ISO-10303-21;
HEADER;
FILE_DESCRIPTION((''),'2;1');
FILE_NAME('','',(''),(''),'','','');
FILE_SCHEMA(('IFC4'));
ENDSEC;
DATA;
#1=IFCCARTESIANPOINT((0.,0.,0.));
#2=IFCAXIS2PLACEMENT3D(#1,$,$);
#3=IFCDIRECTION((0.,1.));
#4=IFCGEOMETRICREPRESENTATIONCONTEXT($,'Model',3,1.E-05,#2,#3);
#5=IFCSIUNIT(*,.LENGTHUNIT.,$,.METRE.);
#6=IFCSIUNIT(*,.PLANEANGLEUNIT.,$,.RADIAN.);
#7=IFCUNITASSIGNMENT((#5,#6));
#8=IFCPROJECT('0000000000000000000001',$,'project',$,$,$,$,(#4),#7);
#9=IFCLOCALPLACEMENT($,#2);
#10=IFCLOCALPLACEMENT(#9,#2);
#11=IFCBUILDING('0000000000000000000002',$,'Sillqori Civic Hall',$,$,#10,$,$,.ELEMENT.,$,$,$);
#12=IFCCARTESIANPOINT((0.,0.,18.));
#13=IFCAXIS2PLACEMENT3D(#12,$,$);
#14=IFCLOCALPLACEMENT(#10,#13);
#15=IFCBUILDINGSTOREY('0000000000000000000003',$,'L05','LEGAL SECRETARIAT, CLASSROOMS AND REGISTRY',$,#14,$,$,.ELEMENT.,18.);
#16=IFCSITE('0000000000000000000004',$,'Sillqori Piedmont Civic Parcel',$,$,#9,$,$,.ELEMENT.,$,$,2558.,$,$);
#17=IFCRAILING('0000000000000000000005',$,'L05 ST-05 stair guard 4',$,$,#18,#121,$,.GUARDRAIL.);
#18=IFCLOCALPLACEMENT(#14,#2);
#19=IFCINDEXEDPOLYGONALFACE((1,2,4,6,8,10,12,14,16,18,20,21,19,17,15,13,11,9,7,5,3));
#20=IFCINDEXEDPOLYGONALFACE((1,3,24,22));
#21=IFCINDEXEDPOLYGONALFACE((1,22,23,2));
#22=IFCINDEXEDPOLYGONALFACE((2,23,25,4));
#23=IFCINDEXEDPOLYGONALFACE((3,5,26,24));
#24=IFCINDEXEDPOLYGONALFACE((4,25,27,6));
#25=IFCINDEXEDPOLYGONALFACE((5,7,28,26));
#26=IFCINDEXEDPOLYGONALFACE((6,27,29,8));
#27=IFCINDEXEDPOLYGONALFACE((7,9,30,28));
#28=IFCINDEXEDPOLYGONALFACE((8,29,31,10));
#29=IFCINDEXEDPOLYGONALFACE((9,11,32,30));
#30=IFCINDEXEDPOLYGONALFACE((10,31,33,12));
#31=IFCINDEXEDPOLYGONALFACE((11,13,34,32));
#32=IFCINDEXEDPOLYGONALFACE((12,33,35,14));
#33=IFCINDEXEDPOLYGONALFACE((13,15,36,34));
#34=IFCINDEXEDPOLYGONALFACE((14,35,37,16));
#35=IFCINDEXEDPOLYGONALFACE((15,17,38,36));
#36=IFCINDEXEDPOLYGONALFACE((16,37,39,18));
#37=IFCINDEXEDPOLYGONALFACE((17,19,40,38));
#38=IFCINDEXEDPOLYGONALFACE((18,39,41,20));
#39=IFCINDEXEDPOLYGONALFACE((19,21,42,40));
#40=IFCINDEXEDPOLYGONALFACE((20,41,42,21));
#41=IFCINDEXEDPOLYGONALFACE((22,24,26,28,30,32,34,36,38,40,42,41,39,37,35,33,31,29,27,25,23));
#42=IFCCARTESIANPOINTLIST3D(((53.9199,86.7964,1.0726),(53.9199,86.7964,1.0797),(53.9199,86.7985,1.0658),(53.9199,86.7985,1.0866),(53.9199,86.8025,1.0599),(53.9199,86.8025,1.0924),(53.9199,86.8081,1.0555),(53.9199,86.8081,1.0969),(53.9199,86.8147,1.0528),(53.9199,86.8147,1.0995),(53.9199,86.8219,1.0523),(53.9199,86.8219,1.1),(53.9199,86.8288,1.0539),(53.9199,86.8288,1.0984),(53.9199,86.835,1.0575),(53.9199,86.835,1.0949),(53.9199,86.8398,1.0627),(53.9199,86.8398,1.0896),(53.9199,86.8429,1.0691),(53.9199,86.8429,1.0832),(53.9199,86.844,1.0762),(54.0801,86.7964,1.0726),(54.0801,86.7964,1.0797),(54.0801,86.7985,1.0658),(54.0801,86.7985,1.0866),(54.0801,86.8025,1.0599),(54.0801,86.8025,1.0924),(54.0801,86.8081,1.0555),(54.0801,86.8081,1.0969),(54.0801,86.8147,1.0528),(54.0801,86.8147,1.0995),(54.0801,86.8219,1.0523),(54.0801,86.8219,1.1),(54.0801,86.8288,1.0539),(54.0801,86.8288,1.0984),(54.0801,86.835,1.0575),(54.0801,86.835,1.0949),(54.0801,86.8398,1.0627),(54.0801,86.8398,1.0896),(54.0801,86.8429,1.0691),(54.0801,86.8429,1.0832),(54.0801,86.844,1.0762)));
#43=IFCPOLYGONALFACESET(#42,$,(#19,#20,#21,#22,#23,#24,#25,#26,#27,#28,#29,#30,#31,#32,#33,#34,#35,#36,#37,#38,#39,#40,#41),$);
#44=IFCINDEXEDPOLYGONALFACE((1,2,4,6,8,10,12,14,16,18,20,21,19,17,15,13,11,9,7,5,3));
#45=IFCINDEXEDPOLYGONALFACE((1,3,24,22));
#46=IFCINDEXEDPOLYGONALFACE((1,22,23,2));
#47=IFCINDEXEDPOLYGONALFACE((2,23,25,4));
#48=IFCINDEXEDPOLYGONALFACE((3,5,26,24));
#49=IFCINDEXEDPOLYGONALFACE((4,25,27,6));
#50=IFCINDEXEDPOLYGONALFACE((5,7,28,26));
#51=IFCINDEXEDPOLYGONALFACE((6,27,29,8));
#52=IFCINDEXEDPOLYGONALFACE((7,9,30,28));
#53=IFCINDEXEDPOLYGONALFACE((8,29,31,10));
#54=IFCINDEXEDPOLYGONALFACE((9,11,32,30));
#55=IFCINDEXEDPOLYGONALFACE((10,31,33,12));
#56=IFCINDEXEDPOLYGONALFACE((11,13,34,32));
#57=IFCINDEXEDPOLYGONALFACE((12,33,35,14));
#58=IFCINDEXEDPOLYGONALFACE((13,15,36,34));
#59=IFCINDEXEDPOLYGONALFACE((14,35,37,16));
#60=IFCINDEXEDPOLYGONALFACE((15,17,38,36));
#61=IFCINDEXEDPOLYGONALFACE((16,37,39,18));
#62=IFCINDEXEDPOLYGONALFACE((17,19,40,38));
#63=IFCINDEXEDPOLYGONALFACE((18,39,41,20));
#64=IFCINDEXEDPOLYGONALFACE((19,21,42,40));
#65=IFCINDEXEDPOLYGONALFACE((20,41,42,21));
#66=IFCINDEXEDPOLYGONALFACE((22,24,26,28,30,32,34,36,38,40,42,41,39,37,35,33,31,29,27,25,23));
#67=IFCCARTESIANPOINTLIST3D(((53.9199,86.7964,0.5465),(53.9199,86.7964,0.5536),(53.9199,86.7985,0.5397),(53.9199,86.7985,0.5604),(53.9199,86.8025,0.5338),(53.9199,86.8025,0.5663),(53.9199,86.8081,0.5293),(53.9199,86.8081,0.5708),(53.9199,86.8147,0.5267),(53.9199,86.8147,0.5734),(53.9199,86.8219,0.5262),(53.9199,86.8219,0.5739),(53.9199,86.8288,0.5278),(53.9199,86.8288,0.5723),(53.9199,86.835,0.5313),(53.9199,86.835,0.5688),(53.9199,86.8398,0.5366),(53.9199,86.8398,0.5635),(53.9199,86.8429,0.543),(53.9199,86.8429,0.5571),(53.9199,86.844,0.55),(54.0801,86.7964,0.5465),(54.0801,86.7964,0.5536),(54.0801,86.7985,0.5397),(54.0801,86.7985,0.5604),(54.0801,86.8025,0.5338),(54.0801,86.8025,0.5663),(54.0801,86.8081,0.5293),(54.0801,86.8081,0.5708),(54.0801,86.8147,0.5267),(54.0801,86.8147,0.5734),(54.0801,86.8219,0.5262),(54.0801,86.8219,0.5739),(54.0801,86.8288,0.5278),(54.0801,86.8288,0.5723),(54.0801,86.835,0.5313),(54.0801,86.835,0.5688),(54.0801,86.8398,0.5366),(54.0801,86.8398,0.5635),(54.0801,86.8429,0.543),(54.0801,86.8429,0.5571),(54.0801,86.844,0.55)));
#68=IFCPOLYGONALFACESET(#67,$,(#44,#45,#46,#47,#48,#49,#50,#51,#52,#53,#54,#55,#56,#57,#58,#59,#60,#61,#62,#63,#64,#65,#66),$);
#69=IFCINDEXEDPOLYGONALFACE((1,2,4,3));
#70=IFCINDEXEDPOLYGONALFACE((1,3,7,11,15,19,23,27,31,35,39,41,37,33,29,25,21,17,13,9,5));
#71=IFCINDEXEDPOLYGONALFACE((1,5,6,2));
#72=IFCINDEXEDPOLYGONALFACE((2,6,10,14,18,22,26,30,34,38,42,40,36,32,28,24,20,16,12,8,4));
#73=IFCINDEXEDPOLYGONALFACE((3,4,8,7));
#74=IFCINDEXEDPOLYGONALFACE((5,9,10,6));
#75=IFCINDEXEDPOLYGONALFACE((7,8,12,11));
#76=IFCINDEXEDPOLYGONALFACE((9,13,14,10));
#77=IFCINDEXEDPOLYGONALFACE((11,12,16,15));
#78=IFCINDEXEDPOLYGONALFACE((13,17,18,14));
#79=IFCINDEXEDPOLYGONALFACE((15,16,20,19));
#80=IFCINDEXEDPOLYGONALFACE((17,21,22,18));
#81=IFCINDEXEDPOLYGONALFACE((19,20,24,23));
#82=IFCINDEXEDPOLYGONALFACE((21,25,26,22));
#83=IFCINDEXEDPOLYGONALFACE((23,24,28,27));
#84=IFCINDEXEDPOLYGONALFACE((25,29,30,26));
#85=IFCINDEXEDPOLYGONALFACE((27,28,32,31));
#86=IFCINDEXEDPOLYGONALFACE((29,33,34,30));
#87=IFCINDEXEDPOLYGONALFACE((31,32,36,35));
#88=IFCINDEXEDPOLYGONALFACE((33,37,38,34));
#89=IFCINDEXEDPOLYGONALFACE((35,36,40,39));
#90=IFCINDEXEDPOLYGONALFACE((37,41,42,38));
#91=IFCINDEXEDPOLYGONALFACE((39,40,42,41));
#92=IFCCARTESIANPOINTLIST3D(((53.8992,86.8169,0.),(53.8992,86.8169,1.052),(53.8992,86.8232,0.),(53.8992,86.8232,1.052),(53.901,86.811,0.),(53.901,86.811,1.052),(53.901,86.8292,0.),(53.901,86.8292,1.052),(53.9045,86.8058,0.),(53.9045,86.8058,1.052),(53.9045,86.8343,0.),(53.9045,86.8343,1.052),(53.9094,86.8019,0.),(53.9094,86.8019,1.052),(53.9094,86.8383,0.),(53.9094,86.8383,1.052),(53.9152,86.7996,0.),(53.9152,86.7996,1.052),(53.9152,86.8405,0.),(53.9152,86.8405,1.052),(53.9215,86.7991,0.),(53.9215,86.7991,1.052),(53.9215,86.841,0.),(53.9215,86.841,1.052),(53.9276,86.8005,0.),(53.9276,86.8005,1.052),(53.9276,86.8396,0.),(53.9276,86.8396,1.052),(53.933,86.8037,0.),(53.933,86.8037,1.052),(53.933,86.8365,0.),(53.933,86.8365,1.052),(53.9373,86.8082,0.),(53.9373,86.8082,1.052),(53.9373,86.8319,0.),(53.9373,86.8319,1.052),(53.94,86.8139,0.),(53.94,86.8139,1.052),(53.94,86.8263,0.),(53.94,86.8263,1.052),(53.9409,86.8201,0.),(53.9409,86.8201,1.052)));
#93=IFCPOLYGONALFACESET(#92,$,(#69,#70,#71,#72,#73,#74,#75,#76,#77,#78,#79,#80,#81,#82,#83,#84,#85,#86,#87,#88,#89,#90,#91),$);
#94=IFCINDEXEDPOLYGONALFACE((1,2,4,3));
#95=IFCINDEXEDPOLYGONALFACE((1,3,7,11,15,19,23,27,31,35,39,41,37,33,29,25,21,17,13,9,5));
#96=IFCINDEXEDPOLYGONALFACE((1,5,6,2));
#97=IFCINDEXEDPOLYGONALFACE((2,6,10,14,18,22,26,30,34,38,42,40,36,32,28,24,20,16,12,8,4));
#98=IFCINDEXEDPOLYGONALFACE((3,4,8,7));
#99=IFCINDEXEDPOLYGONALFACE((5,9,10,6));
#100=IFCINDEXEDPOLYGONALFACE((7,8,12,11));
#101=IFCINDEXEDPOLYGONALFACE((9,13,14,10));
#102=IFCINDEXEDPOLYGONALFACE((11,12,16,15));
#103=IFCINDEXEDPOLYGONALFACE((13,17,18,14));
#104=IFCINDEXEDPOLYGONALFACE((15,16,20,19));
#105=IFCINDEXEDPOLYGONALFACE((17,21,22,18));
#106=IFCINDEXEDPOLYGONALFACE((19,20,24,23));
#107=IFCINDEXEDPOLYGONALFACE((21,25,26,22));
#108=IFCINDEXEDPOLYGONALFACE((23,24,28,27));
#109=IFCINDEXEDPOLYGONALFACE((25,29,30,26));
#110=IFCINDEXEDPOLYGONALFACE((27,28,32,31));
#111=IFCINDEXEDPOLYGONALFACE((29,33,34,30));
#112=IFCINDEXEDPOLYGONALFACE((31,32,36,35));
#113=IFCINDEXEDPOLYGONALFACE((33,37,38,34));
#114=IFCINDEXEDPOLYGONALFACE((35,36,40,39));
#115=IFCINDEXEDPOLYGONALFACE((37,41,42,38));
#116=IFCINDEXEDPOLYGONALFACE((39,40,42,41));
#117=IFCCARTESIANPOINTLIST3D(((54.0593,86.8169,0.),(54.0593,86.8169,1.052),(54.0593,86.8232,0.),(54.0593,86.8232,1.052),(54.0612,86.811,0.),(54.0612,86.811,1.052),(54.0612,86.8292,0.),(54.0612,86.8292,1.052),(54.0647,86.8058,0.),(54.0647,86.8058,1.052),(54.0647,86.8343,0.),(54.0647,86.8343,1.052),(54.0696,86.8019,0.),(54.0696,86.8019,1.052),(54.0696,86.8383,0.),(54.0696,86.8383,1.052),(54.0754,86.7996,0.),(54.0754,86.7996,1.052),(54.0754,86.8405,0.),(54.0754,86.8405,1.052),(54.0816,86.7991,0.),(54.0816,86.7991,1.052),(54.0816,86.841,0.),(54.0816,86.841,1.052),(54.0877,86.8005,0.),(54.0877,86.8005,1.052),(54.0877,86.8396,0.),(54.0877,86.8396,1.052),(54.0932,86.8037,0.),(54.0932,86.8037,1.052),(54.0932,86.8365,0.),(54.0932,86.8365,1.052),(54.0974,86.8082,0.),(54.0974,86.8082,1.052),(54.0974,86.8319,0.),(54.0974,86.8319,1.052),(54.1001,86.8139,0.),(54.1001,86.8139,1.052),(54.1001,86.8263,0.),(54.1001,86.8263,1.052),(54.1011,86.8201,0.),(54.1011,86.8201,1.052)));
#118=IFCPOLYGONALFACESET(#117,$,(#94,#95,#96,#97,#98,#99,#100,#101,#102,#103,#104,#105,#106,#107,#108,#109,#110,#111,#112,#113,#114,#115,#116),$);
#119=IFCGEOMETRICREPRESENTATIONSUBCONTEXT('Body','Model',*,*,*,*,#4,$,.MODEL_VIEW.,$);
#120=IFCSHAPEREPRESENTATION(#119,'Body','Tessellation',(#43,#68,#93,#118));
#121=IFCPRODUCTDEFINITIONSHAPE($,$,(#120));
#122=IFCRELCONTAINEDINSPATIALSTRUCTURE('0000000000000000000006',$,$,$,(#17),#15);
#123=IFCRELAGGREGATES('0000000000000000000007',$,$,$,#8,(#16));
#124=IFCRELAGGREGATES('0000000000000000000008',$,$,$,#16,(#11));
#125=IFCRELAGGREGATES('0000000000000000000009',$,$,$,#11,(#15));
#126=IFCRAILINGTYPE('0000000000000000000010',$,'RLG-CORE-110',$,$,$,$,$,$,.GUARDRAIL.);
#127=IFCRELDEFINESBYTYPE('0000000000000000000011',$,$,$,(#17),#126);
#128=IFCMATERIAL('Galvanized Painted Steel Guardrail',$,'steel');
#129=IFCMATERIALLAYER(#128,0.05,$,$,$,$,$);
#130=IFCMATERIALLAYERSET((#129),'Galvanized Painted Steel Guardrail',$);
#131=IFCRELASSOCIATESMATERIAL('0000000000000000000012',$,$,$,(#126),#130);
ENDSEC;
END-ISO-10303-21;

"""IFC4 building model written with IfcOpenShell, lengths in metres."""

from ifc_helpers import new_model, si_unit, direction, frame, origin, origin_2d, place, context, subcontext, project, spatial, circle, extrude, material, layer, layer_set, type_object, element, save


model = new_model("IFC4")

# Units and contexts
model_context = context("Model", 3, precision=1e-05, world=origin(), true_north=direction((0.0, 1.0)))
body_context = subcontext(model_context, "Body", "Model", "MODEL_VIEW")
ifc_project = project(units=[si_unit("LENGTHUNIT", "METRE"), si_unit("PLANEANGLEUNIT", "RADIAN")], contexts=[model_context])

# Site, building, storey
site_placement = place(None, origin())
site = spatial("IfcSite", under=ifc_project, at=site_placement, Name="Sillqori Piedmont Civic Parcel", CompositionType="ELEMENT", RefElevation=2558.0)
building_placement = place(site_placement, origin())
building = spatial("IfcBuilding", under=site, at=building_placement, Name="Sillqori Civic Hall", CompositionType="ELEMENT")
storey_placement = place(building_placement, frame((0.0, 0.0, 18.0)))
storey = spatial("IfcBuildingStorey", under=building, at=storey_placement, Name="L05", Description="LEGAL SECRETARIAT, CLASSROOMS AND REGISTRY", CompositionType="ELEMENT", Elevation=18.0)

# Railing
ifc_material_1 = material(Name="Galvanized Painted Steel Guardrail", Category="steel")
ifc_layer_1 = layer(ifc_material_1, 0.05)
ifc_layer_set_1 = layer_set([ifc_layer_1], Name="Galvanized Painted Steel Guardrail")
railing_type_1 = type_object("IfcRailingType", Name="RLG-CORE-110", PredefinedType="GUARDRAIL", material=ifc_layer_set_1)
railing_1_placement = place(storey_placement, frame((53.9199, 86.8201, 0.0)))
element("IfcRailing", 1, at=railing_1_placement, inside=storey, type_object=railing_type_1, Name="L05 ST-05 stair guard 4", PredefinedType="GUARDRAIL", context=body_context, shape_type="SweptSolid", body=[
    extrude(circle(Radius=0.0239, at=origin_2d()), frame((0.0, 0.0, 1.0762), z_axis=(1.0, 0.0, 0.0), x_axis=(0.0, 1.0, 0.0)), (0.0, 0.0, 1.0), 0.1602),
    extrude(circle(Radius=0.0239, at=origin_2d()), frame((0.0, 0.0, 0.55), z_axis=(1.0, 0.0, 0.0), x_axis=(0.0, 1.0, 0.0)), (0.0, 0.0, 1.0), 0.1602),
    extrude(circle(Radius=0.021, at=origin_2d()), origin(), (0.0, 0.0, 1.0), 1.052),
    extrude(circle(Radius=0.021, at=origin_2d()), frame((0.1602, 0.0, 0.0)), (0.0, 0.0, 1.0), 1.052),
])

save(model, "model.ifc")
